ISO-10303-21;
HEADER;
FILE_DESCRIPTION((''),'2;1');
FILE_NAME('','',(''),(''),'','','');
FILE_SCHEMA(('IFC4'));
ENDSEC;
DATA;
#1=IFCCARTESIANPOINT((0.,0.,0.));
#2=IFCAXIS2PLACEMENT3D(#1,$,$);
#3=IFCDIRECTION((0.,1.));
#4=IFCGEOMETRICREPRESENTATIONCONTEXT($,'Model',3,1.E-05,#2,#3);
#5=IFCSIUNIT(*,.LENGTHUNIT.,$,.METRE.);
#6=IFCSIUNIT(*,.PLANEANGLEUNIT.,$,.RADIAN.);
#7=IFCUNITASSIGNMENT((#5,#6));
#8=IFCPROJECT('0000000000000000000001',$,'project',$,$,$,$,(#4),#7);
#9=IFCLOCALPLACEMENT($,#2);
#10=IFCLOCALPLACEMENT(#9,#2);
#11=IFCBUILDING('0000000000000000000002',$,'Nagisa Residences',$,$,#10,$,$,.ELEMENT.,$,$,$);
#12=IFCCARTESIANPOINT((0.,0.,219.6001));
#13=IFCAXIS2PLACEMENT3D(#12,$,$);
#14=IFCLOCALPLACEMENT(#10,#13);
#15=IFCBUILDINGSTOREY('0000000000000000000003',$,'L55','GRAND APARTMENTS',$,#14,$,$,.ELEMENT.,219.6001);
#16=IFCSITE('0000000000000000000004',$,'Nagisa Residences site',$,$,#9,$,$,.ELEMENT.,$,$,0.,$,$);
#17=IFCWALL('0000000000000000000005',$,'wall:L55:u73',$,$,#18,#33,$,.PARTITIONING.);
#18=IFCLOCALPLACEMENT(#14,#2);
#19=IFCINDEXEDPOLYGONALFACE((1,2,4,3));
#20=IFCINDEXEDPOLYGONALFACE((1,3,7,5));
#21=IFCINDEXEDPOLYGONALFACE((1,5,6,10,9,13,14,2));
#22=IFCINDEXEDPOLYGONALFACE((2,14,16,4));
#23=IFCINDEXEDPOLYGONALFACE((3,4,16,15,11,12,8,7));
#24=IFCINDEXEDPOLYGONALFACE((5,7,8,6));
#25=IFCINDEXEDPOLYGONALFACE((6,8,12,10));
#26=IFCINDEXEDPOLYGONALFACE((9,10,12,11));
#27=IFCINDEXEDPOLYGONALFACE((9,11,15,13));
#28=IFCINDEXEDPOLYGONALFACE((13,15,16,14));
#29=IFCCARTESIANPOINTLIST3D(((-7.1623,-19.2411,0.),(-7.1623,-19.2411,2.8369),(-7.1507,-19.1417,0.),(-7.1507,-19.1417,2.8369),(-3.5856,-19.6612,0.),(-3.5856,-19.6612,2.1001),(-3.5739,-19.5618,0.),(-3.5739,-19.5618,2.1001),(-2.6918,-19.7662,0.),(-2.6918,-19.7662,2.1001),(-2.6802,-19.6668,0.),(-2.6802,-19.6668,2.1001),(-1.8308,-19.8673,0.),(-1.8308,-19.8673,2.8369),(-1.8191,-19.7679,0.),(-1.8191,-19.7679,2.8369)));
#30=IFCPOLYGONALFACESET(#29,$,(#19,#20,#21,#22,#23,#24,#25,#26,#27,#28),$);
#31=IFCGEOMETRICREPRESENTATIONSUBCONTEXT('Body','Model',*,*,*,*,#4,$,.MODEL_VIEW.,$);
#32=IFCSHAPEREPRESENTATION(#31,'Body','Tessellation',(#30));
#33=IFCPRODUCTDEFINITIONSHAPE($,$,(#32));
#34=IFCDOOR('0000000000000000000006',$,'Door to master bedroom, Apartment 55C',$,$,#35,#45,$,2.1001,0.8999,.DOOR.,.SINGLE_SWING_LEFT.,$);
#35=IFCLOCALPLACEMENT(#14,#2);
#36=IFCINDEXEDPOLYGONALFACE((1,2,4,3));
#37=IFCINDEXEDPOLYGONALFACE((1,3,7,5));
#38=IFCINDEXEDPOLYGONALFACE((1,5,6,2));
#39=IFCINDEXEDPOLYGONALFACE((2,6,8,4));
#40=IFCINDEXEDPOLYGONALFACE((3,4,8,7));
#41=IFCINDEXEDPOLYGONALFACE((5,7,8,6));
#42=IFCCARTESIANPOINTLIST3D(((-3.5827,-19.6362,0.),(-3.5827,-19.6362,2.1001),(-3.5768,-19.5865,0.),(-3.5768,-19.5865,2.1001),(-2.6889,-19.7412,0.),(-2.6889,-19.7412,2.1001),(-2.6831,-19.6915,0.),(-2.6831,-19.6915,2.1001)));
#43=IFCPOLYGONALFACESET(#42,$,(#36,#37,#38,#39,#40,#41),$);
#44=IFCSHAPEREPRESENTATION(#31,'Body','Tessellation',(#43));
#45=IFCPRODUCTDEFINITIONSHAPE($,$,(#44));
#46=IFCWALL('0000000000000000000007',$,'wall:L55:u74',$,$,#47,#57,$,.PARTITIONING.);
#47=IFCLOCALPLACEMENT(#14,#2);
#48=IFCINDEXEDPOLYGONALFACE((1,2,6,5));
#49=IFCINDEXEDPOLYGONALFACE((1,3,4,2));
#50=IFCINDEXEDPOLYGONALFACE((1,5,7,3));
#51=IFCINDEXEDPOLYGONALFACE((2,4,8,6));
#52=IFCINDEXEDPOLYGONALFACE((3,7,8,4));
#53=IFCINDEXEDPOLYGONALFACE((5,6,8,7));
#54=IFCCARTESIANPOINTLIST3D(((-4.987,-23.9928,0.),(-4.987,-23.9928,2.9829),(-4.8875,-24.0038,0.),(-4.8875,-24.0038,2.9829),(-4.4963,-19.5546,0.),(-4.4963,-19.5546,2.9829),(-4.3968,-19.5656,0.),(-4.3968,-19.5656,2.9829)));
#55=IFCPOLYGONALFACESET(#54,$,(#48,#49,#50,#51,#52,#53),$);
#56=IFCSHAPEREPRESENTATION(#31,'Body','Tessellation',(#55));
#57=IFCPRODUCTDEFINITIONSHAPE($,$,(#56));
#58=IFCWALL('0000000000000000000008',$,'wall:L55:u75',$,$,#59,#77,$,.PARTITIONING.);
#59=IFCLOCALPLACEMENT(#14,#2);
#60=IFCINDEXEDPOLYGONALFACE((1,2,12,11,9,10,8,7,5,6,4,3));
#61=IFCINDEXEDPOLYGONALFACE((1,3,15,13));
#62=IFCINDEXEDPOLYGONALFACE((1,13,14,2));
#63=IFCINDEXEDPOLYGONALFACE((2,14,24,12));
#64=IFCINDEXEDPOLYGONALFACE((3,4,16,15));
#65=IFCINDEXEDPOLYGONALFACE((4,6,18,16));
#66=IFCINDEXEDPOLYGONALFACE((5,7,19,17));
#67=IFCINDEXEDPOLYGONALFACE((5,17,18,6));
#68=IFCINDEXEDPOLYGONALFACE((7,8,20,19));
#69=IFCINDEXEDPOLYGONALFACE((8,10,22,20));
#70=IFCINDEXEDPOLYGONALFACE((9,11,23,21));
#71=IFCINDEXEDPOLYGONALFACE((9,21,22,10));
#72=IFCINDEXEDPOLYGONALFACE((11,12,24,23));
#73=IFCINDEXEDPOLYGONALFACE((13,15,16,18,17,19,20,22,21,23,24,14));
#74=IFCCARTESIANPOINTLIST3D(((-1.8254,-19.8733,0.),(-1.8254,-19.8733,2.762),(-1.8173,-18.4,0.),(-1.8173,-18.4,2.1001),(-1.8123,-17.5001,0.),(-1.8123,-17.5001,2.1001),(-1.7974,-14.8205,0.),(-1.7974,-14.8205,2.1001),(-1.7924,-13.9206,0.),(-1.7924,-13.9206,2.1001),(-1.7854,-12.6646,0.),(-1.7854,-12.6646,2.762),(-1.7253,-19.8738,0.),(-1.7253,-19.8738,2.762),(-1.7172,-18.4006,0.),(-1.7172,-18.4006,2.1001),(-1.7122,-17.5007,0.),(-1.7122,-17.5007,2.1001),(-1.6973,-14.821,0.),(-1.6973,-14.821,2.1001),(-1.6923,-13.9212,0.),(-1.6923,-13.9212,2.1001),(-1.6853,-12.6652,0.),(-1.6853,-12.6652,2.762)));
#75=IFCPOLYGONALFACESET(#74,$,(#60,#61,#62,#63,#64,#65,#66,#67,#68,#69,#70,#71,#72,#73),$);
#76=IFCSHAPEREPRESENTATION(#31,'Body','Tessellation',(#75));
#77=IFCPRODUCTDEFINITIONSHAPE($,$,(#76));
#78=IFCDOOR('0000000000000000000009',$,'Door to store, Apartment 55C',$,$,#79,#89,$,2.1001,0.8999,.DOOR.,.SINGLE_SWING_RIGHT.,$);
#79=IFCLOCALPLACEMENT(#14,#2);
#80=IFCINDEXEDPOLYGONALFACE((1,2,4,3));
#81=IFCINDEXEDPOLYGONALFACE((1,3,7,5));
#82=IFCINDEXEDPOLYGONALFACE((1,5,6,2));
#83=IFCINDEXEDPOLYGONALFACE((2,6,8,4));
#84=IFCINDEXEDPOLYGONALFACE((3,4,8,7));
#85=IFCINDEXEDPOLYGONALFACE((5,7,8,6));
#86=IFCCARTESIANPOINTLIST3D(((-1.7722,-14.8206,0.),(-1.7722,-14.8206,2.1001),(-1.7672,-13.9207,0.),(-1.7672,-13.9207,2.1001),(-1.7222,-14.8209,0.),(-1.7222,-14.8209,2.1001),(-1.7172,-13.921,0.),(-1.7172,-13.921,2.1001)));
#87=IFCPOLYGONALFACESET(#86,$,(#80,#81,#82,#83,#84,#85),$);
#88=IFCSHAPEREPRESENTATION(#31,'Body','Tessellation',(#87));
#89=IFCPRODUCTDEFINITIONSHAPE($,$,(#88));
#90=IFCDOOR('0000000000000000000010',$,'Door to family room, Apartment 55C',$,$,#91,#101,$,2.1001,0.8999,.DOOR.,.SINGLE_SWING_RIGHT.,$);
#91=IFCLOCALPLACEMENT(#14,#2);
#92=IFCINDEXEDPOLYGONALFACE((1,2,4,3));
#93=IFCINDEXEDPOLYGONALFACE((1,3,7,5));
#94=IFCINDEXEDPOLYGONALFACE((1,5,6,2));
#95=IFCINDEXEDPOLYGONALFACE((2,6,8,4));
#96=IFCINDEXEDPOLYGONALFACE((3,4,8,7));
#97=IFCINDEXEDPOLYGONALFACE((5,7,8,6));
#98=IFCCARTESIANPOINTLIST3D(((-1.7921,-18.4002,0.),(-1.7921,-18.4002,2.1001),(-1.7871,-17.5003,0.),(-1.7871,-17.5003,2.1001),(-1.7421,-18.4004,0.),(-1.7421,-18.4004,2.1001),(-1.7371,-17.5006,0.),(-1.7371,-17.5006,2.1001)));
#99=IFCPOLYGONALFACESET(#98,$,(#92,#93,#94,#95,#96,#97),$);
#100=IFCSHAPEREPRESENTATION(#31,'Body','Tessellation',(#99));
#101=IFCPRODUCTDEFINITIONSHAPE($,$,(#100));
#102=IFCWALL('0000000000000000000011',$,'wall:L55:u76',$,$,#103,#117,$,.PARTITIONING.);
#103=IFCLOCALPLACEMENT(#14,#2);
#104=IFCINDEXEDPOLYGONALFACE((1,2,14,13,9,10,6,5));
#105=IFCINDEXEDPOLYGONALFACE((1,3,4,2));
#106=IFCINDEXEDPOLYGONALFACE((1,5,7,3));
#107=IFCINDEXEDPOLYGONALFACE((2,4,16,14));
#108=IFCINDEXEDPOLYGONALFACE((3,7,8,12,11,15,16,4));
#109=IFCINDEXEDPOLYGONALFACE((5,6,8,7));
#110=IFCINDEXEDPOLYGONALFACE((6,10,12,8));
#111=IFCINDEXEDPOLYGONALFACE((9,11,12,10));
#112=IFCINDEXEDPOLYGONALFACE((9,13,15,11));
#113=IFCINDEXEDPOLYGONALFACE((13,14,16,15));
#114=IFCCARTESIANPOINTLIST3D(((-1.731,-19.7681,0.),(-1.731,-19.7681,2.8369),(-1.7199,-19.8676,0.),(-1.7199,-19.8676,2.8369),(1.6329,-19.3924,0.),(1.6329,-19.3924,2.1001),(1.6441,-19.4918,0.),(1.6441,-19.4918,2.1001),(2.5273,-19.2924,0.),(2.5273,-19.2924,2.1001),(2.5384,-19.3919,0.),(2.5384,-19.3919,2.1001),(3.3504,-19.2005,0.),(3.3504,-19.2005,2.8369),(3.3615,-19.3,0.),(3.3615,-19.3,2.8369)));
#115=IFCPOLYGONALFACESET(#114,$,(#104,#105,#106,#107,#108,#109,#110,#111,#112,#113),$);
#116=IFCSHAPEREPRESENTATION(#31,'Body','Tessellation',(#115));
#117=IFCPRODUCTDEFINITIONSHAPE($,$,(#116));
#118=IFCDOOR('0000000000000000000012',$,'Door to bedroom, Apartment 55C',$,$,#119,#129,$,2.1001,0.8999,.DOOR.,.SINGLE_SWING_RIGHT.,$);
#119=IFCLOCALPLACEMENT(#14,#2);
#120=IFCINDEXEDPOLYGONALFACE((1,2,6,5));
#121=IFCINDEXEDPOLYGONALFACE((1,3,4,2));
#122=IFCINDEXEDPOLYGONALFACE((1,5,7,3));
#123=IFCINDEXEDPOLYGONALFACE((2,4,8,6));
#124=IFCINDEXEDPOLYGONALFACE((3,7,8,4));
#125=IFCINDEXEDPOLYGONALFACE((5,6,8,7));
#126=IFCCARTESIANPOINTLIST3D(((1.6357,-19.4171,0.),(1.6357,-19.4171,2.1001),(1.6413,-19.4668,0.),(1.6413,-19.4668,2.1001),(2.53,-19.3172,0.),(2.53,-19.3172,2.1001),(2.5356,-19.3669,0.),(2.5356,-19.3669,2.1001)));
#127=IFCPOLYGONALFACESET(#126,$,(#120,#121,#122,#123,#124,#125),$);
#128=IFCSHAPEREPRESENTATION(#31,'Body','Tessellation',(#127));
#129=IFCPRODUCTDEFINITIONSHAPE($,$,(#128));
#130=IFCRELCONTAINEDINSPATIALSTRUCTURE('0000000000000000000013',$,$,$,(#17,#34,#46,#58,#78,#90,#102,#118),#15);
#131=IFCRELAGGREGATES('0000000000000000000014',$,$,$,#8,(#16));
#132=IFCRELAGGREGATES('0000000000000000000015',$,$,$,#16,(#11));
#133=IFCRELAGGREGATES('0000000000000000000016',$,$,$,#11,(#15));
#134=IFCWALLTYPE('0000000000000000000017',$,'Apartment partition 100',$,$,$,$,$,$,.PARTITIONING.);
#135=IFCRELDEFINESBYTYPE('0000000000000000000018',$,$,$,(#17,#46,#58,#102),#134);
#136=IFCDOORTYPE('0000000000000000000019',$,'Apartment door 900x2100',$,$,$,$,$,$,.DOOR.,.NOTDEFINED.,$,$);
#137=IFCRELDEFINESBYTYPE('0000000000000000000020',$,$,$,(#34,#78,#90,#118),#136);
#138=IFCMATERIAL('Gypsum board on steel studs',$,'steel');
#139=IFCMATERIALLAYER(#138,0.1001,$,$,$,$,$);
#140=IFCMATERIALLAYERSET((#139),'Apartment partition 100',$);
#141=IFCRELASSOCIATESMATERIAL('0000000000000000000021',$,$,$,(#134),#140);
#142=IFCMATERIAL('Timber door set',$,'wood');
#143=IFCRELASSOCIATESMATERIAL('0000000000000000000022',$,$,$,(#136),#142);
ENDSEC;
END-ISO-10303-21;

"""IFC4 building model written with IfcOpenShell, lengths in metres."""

from ifc_helpers import new_model, si_unit, direction, frame, frame_2d, origin, place, context, subcontext, project, spatial, rectangle, extrude, material, layer, layer_set, type_object, element, fill, save


model = new_model("IFC4")

# Units and contexts
model_context = context("Model", 3, precision=1e-05, world=origin(), true_north=direction((0.0, 1.0)))
body_context = subcontext(model_context, "Body", "Model", "MODEL_VIEW")
ifc_project = project(units=[si_unit("LENGTHUNIT", "METRE"), si_unit("PLANEANGLEUNIT", "RADIAN")], contexts=[model_context])

# Site, building, storey
site_placement = place(None, origin())
site = spatial("IfcSite", under=ifc_project, at=site_placement, Name="Nagisa Residences site", CompositionType="ELEMENT", RefElevation=0.0)
building_placement = place(site_placement, origin())
building = spatial("IfcBuilding", under=site, at=building_placement, Name="Nagisa Residences", CompositionType="ELEMENT")
storey_placement = place(building_placement, frame((0.0, 0.0, 219.6001)))
storey = spatial("IfcBuildingStorey", under=building, at=storey_placement, Name="L55", Description="GRAND APARTMENTS", CompositionType="ELEMENT", Elevation=219.6001)

# Shared definitions
ifc_material_1 = material(Name="Gypsum board on steel studs", Category="steel")
ifc_layer_1 = layer(ifc_material_1, 0.1001)
ifc_layer_set_1 = layer_set([ifc_layer_1], Name="Apartment partition 100")
wall_type_1 = type_object("IfcWallType", Name="Apartment partition 100", PredefinedType="PARTITIONING", material=ifc_layer_set_1)
ifc_material_2 = material(Name="Timber door set", Category="wood")
door_type_1 = type_object("IfcDoorType", Name="Apartment door 900x2100", OperationType="NOTDEFINED", PredefinedType="DOOR", material=ifc_material_2)

# Wall, opening, door
wall_1_placement = place(storey_placement, frame((-7.1565, -19.1914, 0.0), z_axis=(0.0, 0.0, 1.0), x_axis=(0.993173, -0.116654, 0.0)))
wall_1 = element("IfcWall", 1, at=wall_1_placement, inside=storey, type_object=wall_type_1, Name="wall:L55:u73", PredefinedType="PARTITIONING", context=body_context, shape_type="SweptSolid", body=[
    extrude(rectangle(XDim=5.3682, YDim=0.1001, at=frame_2d((2.6841, 0.0))), origin(), (0.0, 0.0, 1.0), 2.8369),
])
opening_1_placement = place(wall_1_placement, frame((3.6013, 0.0, 0.0)))
opening_1 = element("IfcOpeningElement", 2, at=opening_1_placement, cuts=wall_1, PredefinedType="OPENING", context=body_context, shape_type="SweptSolid", body=[
    extrude(rectangle(XDim=0.8999, YDim=2.1001, at=frame_2d((0.45, 1.05))), frame((0.0, 0.0601, 0.0), z_axis=(0.0, -1.0, 0.0), x_axis=(1.0, 0.0, 0.0)), (0.0, 0.0, 1.0), 0.1201),
])
door_1_placement = place(opening_1_placement, frame((0.8999, 0.0, 0.0), x_axis=(-1.0, 0.0, 0.0)))
door_1 = element("IfcDoor", 3, at=door_1_placement, inside=storey, type_object=door_type_1, Name="Door to master bedroom, Apartment 55C", OperationType="SINGLE_SWING_LEFT", OverallHeight=2.1001, OverallWidth=0.8999, PredefinedType="DOOR", context=body_context, shape_type="SweptSolid", body=[
    extrude(rectangle(XDim=0.8999, YDim=2.1001, at=frame_2d((0.45, 1.05))), frame((0.0, 0.0249, 0.0), z_axis=(0.0, -1.0, 0.0), x_axis=(1.0, 0.0, 0.0)), (0.0, 0.0, 1.0), 0.05),
])
fill(opening_1, door_1)

# Wall
wall_2_placement = place(storey_placement, frame((-4.4465, -19.5601, 0.0), z_axis=(0.0, 0.0, 1.0), x_axis=(-0.109897, -0.993943, 0.0)))
element("IfcWall", 4, at=wall_2_placement, inside=storey, type_object=wall_type_1, Name="wall:L55:u74", PredefinedType="PARTITIONING", context=body_context, shape_type="SweptSolid", body=[
    extrude(rectangle(XDim=4.4653, YDim=0.1001, at=frame_2d((2.2327, 0.0))), origin(), (0.0, 0.0, 1.0), 2.9829),
])

# Wall, openings, doors
wall_3_placement = place(storey_placement, frame((-1.7354, -12.6648, 0.0), z_axis=(0.0, 0.0, 1.0), x_axis=(-0.005554, -0.999985, 0.0)))
wall_3 = element("IfcWall", 5, at=wall_3_placement, inside=storey, type_object=wall_type_1, Name="wall:L55:u75", PredefinedType="PARTITIONING", context=body_context, shape_type="SweptSolid", body=[
    extrude(rectangle(XDim=7.2087, YDim=0.1001, at=frame_2d((3.6045, 0.0))), origin(), (0.0, 0.0, 1.0), 2.762),
])
opening_2_placement = place(wall_3_placement, frame((1.2561, 0.0, 0.0)))
opening_2 = element("IfcOpeningElement", 6, at=opening_2_placement, cuts=wall_3, PredefinedType="OPENING", context=body_context, shape_type="SweptSolid", body=[
    extrude(rectangle(XDim=0.8999, YDim=2.1001, at=frame_2d((0.45, 1.05))), frame((0.0, 0.0601, 0.0), z_axis=(0.0, -1.0, 0.0), x_axis=(1.0, 0.0, 0.0)), (0.0, 0.0, 1.0), 0.1201),
])
opening_3_placement = place(wall_3_placement, frame((4.8357, 0.0, 0.0)))
opening_3 = element("IfcOpeningElement", 7, at=opening_3_placement, cuts=wall_3, PredefinedType="OPENING", context=body_context, shape_type="SweptSolid", body=[
    extrude(rectangle(XDim=0.8999, YDim=2.1001, at=frame_2d((0.45, 1.05))), frame((0.0, 0.0601, 0.0), z_axis=(0.0, -1.0, 0.0), x_axis=(1.0, 0.0, 0.0)), (0.0, 0.0, 1.0), 0.1201),
])
door_2_placement = place(opening_2_placement, frame((0.8999, 0.0, 0.0), x_axis=(-1.0, 0.0, 0.0)))
door_2 = element("IfcDoor", 8, at=door_2_placement, inside=storey, type_object=door_type_1, Name="Door to store, Apartment 55C", OperationType="SINGLE_SWING_RIGHT", OverallHeight=2.1001, OverallWidth=0.8999, PredefinedType="DOOR", context=body_context, shape_type="SweptSolid", body=[
    extrude(rectangle(XDim=0.8999, YDim=2.1001, at=frame_2d((0.45, 1.05))), frame((0.0, 0.0249, 0.0), z_axis=(0.0, -1.0, 0.0), x_axis=(1.0, 0.0, 0.0)), (0.0, 0.0, 1.0), 0.05),
])
fill(opening_2, door_2)
door_3_placement = place(opening_3_placement, frame((0.8999, 0.0, 0.0), x_axis=(-1.0, 0.0, 0.0)))
door_3 = element("IfcDoor", 9, at=door_3_placement, inside=storey, type_object=door_type_1, Name="Door to family room, Apartment 55C", OperationType="SINGLE_SWING_RIGHT", OverallHeight=2.1001, OverallWidth=0.8999, PredefinedType="DOOR", context=body_context, shape_type="SweptSolid", body=[
    extrude(rectangle(XDim=0.8999, YDim=2.1001, at=frame_2d((0.45, 1.05))), frame((0.0, 0.0249, 0.0), z_axis=(0.0, -1.0, 0.0), x_axis=(1.0, 0.0, 0.0)), (0.0, 0.0, 1.0), 0.05),
])
fill(opening_3, door_3)

# Wall, opening, door
wall_4_placement = place(storey_placement, frame((-1.7256, -19.8179, 0.0), z_axis=(0.0, 0.0, 1.0), x_axis=(0.993819, 0.111013, 0.0)))
wall_4 = element("IfcWall", 10, at=wall_4_placement, inside=storey, type_object=wall_type_1, Name="wall:L55:u76", PredefinedType="PARTITIONING", context=body_context, shape_type="SweptSolid", body=[
    extrude(rectangle(XDim=5.113, YDim=0.1001, at=frame_2d((2.5566, 0.0))), origin(), (0.0, 0.0, 1.0), 2.8369),
])
opening_4_placement = place(wall_4_placement, frame((3.385, 0.0, 0.0)))
opening_4 = element("IfcOpeningElement", 11, at=opening_4_placement, cuts=wall_4, PredefinedType="OPENING", context=body_context, shape_type="SweptSolid", body=[
    extrude(rectangle(XDim=0.8999, YDim=2.1001, at=frame_2d((0.45, 1.05))), frame((0.0, 0.0601, 0.0), z_axis=(0.0, -1.0, 0.0), x_axis=(1.0, 0.0, 0.0)), (0.0, 0.0, 1.0), 0.1201),
])
door_4_placement = place(opening_4_placement, frame((0.8999, 0.0, 0.0), x_axis=(-1.0, 0.0, 0.0)))
door_4 = element("IfcDoor", 12, at=door_4_placement, inside=storey, type_object=door_type_1, Name="Door to bedroom, Apartment 55C", OperationType="SINGLE_SWING_RIGHT", OverallHeight=2.1001, OverallWidth=0.8999, PredefinedType="DOOR", context=body_context, shape_type="SweptSolid", body=[
    extrude(rectangle(XDim=0.8999, YDim=2.1001, at=frame_2d((0.45, 1.05))), frame((0.0, 0.0249, 0.0), z_axis=(0.0, -1.0, 0.0), x_axis=(1.0, 0.0, 0.0)), (0.0, 0.0, 1.0), 0.05),
])
fill(opening_4, door_4)

save(model, "model.ifc")
